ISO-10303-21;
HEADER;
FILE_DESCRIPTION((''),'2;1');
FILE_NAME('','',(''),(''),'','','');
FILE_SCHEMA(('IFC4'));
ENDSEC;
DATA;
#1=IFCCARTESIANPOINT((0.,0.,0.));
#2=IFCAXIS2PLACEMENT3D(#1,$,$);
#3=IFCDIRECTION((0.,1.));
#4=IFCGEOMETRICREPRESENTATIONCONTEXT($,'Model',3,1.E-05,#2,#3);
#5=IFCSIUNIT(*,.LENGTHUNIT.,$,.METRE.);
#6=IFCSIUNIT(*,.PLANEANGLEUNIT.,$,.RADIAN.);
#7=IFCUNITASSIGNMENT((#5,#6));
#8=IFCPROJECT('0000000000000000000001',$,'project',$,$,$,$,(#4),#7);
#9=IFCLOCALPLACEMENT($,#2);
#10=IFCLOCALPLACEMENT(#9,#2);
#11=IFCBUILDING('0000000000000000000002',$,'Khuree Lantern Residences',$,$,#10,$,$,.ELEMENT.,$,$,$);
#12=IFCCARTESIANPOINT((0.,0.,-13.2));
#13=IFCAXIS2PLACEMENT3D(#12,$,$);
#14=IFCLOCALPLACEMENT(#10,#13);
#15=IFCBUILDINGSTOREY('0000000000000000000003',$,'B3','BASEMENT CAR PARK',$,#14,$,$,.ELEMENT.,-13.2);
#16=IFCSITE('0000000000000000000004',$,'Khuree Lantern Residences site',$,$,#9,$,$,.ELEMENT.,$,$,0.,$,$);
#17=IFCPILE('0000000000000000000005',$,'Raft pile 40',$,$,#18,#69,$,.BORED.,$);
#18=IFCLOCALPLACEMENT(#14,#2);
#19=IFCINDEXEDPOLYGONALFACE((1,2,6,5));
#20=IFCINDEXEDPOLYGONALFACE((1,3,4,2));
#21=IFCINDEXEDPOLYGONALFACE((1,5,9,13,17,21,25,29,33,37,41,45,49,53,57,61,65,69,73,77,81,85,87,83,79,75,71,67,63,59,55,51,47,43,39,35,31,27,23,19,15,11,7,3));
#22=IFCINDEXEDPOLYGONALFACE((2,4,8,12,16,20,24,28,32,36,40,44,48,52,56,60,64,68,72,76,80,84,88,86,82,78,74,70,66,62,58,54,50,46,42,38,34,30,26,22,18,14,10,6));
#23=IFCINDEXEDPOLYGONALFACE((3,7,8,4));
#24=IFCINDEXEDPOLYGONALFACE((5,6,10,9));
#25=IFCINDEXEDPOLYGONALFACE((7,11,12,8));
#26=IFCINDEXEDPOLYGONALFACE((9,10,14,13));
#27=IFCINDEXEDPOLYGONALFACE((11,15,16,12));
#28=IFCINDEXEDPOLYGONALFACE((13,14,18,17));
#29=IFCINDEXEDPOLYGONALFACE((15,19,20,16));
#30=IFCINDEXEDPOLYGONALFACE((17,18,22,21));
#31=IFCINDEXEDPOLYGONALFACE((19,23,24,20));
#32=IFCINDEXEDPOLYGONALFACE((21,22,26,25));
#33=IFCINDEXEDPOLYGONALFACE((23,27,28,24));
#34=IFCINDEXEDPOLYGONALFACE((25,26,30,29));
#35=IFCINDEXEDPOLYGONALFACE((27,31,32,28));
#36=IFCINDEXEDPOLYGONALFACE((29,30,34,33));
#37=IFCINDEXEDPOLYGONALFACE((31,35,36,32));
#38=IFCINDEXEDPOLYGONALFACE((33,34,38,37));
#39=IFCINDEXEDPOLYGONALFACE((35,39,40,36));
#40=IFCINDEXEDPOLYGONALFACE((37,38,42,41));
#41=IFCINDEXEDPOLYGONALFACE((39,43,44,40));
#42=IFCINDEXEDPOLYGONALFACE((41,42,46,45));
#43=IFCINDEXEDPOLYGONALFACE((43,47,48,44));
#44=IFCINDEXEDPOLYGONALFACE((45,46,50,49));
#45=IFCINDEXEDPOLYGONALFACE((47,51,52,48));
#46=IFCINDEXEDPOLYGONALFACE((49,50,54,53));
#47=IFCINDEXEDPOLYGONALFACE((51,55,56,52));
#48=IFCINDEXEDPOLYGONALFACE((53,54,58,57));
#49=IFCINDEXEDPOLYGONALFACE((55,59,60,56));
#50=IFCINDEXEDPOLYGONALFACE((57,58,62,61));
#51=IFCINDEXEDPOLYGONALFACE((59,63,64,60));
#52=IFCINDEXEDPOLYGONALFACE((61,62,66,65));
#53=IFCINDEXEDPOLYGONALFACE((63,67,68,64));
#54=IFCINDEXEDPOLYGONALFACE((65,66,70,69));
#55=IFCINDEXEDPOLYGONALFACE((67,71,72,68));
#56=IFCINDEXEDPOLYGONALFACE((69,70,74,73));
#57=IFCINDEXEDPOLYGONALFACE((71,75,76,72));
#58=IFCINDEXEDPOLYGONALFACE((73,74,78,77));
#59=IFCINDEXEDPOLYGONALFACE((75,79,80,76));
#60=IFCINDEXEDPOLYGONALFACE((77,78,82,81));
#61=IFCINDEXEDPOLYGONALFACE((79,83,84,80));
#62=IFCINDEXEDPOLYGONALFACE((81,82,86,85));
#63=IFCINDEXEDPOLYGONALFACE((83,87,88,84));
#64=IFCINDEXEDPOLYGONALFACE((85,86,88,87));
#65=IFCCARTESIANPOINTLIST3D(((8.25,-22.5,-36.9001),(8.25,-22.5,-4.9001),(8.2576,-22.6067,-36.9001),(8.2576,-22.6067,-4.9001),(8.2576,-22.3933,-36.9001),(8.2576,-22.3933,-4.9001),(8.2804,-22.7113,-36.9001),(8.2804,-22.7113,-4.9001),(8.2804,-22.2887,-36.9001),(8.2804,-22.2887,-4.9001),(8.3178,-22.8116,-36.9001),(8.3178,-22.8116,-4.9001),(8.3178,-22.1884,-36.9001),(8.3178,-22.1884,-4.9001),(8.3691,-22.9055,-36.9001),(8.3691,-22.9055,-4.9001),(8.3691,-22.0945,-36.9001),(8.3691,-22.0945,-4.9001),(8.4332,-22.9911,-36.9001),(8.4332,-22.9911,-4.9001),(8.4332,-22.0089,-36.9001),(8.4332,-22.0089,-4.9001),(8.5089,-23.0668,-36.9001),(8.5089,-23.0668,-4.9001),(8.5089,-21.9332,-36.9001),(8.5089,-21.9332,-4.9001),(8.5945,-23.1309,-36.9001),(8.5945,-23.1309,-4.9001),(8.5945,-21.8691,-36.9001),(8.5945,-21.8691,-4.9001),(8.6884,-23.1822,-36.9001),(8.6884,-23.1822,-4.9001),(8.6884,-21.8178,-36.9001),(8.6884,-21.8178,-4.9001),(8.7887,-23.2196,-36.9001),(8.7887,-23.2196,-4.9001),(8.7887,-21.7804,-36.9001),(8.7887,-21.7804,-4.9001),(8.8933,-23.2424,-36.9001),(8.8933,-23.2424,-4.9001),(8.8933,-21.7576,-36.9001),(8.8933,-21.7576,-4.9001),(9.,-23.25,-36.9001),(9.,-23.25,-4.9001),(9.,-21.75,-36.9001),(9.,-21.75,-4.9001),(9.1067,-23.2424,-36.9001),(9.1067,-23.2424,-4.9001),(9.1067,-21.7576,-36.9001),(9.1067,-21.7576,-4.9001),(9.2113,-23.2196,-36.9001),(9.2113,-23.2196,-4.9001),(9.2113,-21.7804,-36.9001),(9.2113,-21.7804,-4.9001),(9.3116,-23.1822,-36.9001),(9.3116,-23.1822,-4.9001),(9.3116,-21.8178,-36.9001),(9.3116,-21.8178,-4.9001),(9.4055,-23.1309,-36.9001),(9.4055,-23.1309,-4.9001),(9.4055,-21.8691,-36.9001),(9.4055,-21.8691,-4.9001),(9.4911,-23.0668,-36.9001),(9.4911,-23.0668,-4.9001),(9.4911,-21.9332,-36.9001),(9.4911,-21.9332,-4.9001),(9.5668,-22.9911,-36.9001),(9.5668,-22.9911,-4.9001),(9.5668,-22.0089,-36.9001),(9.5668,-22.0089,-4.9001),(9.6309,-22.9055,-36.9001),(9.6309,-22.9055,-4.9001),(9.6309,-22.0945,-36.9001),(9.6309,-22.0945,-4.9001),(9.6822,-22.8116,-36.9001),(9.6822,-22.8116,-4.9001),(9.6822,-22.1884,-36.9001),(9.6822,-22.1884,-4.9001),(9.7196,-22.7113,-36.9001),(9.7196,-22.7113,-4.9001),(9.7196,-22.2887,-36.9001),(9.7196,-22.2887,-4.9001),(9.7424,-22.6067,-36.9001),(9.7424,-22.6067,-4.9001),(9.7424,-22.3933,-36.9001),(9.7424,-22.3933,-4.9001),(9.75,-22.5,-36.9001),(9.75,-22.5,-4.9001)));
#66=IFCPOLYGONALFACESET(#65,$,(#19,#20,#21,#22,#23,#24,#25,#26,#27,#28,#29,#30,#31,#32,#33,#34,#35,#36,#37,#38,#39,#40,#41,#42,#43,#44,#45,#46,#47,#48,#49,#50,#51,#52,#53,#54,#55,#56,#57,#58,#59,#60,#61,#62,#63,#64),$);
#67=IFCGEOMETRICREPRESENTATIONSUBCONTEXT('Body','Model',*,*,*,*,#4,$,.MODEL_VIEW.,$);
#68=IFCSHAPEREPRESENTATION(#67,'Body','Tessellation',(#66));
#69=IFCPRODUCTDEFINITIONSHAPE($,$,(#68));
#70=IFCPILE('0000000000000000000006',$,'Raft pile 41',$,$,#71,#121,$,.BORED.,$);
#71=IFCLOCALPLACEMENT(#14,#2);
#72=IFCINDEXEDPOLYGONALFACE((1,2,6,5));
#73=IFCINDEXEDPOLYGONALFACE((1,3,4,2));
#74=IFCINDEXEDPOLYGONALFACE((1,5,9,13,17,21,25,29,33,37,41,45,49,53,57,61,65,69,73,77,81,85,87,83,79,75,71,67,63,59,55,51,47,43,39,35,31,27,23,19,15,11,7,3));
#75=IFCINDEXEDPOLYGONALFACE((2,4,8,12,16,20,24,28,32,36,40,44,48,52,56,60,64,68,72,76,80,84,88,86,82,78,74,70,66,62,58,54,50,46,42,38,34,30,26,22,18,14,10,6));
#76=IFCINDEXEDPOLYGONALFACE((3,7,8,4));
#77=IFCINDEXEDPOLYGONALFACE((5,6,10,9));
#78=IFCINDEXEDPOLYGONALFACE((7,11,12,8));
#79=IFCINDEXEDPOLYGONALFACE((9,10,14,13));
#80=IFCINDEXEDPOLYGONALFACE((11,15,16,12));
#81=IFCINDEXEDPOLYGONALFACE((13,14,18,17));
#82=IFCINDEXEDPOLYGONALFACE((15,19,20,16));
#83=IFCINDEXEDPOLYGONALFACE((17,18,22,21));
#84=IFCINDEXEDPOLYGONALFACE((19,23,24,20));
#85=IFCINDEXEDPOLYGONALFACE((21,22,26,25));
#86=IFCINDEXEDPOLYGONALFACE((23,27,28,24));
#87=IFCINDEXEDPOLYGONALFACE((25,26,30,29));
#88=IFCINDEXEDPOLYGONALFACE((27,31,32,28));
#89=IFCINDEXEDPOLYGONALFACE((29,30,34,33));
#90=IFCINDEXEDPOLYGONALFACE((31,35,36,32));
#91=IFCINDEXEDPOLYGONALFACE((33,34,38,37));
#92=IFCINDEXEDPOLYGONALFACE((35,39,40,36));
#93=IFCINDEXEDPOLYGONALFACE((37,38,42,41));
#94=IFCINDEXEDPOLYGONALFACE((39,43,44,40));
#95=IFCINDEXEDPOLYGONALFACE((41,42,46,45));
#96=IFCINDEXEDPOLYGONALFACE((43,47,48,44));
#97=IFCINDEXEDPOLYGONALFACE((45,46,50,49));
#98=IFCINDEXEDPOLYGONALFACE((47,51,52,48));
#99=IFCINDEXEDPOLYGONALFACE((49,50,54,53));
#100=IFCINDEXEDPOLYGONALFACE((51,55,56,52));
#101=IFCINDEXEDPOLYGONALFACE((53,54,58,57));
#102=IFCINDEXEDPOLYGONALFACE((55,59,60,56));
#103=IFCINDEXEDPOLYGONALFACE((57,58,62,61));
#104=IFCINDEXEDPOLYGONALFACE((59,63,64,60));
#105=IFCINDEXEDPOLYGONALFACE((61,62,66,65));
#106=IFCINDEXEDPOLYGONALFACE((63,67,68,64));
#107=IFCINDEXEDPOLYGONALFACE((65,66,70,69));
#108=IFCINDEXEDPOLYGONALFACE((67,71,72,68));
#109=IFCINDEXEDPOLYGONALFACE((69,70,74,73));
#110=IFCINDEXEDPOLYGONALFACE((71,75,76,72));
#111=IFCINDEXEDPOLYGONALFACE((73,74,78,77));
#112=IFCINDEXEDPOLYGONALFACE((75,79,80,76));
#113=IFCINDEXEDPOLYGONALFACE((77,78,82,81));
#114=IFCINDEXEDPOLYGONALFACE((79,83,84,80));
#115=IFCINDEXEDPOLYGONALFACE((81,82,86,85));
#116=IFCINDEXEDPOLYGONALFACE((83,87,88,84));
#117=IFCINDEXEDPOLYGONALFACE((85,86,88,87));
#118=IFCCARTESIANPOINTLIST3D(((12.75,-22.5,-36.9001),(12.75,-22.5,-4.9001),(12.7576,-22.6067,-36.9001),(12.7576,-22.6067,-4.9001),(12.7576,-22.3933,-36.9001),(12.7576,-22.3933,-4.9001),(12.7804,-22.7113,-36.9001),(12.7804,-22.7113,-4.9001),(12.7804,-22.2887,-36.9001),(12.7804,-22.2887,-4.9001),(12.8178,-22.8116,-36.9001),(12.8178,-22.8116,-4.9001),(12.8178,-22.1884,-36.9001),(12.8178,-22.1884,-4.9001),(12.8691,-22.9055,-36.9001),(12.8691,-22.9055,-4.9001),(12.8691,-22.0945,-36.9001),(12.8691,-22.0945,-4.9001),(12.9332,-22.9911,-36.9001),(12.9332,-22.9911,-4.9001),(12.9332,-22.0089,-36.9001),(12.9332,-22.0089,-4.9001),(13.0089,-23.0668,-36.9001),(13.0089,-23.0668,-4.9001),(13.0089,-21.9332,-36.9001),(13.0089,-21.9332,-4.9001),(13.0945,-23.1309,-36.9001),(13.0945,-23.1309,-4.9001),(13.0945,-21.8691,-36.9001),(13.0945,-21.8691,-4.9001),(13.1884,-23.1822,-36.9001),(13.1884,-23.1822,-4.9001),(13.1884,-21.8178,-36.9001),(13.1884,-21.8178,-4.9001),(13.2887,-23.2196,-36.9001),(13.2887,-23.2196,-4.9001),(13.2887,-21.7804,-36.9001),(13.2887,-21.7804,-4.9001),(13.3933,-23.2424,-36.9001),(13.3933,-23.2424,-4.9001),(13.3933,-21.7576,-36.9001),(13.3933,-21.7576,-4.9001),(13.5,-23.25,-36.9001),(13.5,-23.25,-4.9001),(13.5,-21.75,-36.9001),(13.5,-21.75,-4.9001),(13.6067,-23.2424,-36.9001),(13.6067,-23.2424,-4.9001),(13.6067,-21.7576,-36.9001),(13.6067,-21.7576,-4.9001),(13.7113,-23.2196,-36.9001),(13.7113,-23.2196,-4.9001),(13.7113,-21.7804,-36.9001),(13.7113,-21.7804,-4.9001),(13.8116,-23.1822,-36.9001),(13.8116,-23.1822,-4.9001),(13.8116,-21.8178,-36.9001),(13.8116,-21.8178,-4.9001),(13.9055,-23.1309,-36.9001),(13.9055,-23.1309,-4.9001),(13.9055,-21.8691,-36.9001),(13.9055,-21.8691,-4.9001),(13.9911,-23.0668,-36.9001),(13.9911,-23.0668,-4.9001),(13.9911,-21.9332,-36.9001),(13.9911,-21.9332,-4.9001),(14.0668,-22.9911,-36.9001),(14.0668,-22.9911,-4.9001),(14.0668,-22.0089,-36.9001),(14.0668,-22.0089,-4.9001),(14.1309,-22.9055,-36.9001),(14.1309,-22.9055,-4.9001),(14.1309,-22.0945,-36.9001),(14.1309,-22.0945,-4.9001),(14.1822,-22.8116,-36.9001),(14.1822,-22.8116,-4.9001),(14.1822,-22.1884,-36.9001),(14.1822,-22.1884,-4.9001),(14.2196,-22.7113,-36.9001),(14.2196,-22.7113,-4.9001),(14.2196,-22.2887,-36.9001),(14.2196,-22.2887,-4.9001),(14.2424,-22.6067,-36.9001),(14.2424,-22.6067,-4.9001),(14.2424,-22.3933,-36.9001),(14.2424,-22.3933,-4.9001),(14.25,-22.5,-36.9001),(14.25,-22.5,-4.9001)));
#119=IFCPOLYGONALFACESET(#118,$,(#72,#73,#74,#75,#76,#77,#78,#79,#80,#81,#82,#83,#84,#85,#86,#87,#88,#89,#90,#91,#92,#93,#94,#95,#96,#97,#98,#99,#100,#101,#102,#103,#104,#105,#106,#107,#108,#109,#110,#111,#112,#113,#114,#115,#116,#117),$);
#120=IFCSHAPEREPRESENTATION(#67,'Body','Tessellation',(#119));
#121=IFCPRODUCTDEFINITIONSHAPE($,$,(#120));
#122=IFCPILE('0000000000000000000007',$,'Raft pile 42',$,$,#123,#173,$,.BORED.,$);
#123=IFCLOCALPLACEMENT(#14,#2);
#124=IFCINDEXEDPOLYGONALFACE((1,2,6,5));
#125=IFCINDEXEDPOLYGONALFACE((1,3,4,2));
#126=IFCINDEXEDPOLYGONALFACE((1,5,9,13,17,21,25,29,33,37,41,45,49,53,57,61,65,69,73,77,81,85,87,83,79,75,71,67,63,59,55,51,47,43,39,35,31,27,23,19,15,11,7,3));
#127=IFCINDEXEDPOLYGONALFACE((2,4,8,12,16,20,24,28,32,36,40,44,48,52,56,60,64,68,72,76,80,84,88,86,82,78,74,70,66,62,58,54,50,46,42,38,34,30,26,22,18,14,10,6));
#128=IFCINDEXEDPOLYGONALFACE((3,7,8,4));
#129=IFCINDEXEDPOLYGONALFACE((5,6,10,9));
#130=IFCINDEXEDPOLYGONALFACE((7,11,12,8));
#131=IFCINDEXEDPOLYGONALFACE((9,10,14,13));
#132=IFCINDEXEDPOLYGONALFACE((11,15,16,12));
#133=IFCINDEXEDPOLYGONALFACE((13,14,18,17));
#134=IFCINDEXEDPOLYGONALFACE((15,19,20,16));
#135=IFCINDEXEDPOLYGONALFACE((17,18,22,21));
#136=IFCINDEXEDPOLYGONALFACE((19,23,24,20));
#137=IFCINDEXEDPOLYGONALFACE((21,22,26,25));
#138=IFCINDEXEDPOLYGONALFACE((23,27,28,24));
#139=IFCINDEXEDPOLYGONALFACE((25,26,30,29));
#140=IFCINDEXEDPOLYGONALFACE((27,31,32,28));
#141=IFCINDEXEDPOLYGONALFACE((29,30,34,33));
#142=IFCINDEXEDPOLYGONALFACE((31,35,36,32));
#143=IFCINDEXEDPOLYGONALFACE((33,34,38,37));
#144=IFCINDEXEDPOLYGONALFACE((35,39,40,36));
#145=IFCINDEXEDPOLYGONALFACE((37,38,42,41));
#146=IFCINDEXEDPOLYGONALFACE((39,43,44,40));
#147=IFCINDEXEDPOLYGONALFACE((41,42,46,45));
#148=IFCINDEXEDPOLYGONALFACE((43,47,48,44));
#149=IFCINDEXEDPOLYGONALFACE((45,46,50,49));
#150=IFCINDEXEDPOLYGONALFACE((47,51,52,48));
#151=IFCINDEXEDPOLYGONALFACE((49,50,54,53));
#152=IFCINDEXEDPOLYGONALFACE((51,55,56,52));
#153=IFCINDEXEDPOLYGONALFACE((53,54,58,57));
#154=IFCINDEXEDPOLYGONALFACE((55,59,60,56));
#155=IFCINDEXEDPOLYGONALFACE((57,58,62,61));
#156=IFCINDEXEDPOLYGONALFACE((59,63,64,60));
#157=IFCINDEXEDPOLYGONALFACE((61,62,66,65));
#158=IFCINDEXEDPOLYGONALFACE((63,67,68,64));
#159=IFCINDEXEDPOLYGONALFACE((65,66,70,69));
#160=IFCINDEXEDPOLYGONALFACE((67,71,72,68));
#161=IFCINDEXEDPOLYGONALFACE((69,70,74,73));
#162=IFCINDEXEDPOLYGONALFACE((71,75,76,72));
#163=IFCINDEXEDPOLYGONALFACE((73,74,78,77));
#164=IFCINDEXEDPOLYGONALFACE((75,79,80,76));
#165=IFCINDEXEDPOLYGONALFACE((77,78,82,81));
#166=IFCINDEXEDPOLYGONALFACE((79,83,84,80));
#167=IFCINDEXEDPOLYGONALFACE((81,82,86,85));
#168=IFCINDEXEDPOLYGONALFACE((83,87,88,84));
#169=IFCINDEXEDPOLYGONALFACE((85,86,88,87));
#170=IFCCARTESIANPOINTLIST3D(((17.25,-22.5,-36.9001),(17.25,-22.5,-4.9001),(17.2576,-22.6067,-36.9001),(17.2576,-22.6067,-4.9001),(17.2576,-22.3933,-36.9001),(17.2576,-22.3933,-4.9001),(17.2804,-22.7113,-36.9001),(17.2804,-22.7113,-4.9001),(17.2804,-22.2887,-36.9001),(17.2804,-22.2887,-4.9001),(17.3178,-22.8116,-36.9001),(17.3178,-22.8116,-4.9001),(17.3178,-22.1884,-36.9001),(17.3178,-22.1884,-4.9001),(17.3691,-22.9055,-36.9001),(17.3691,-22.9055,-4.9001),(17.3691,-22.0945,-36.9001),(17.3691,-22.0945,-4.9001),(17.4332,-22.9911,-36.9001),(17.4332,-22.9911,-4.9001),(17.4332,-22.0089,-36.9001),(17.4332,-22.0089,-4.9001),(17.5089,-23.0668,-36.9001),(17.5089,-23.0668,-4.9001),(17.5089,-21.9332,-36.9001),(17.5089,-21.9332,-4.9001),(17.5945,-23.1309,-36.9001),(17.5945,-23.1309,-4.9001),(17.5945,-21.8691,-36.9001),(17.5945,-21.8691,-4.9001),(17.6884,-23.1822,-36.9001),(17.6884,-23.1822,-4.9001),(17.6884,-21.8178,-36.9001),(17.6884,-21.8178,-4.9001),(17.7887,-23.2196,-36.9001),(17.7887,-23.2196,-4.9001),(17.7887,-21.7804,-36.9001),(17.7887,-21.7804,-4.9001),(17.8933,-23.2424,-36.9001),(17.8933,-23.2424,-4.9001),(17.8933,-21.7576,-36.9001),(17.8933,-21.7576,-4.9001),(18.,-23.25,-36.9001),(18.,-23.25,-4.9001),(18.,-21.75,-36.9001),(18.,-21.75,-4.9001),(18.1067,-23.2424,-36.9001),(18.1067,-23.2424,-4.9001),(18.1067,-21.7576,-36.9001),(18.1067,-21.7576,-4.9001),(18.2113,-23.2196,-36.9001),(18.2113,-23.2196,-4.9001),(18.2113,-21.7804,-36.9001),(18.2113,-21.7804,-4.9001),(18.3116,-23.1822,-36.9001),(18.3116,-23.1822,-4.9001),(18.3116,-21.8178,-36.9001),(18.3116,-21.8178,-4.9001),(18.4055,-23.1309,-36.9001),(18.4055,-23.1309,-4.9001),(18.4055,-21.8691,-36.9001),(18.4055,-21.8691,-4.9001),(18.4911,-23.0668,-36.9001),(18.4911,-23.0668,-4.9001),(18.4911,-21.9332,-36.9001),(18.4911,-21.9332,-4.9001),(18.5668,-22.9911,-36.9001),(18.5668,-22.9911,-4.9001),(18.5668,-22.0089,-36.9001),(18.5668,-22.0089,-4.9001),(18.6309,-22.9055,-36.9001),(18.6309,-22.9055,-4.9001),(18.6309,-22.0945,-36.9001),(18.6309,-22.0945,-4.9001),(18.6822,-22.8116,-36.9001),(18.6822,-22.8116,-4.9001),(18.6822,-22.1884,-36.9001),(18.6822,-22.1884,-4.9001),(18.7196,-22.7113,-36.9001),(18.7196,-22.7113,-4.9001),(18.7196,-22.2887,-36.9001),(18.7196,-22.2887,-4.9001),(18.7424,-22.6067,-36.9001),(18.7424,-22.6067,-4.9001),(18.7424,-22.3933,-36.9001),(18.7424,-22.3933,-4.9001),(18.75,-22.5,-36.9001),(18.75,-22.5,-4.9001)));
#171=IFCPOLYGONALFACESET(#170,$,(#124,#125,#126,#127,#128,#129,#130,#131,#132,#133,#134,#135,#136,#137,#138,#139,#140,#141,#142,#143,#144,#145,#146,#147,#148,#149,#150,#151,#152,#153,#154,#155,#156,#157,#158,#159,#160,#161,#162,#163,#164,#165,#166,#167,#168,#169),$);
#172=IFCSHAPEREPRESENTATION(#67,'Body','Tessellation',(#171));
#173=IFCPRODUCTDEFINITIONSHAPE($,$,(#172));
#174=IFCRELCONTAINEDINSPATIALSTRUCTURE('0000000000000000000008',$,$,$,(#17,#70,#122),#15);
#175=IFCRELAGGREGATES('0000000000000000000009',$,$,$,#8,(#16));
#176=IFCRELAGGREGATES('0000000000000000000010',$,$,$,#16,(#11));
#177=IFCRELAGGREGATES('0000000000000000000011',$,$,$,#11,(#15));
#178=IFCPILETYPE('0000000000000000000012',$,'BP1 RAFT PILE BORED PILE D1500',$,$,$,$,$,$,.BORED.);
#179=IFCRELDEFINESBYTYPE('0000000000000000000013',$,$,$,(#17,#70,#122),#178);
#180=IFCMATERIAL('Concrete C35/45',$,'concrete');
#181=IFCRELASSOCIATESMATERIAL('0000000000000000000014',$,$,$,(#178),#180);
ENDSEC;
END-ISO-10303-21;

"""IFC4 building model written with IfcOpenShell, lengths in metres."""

from ifc_helpers import new_model, si_unit, direction, frame, origin, origin_2d, place, context, subcontext, project, spatial, circle, extrude, material, material_profile, profile_set, type_object, element, save


model = new_model("IFC4")

# Units and contexts
model_context = context("Model", 3, precision=1e-05, world=origin(), true_north=direction((0.0, 1.0)))
body_context = subcontext(model_context, "Body", "Model", "MODEL_VIEW")
ifc_project = project(units=[si_unit("LENGTHUNIT", "METRE"), si_unit("PLANEANGLEUNIT", "RADIAN")], contexts=[model_context])

# Site, building, storey
site_placement = place(None, origin())
site = spatial("IfcSite", under=ifc_project, at=site_placement, Name="Khuree Lantern Residences site", CompositionType="ELEMENT", RefElevation=0.0)
building_placement = place(site_placement, origin())
building = spatial("IfcBuilding", under=site, at=building_placement, Name="Khuree Lantern Residences", CompositionType="ELEMENT")
storey_placement = place(building_placement, frame((0.0, 0.0, -13.2)))
storey = spatial("IfcBuildingStorey", under=building, at=storey_placement, Name="B3", Description="BASEMENT CAR PARK", CompositionType="ELEMENT", Elevation=-13.2)

# Piles
ifc_material_1 = material(Name="Concrete C35/45", Category="concrete")
ifc_material_profile_1 = material_profile(ifc_material_1, circle(Radius=0.75, at=origin_2d()), Name="BORED PILE D1500")
ifc_profile_set_1 = profile_set([ifc_material_profile_1], Name="Concrete C35/45")
pile_type = type_object("IfcPileType", Name="BP1 RAFT PILE BORED PILE D1500", PredefinedType="BORED", material=ifc_profile_set_1)
for number, where, z_axis, x_axis, name in (
    (1, (9.0, -22.5, -4.9001), (0.0, 0.0, -1.0), (1.0, 0.0, 0.0), "Raft pile 40"),
    (2, (13.5, -22.5, -4.9001), (0.0, 0.0, -1.0), (1.0, 0.0, 0.0), "Raft pile 41"),
    (3, (18.0, -22.5, -4.9001), (0.0, 0.0, -1.0), (1.0, 0.0, 0.0), "Raft pile 42"),
):
    element("IfcPile", number, at=place(storey_placement, frame(where, z_axis=z_axis, x_axis=x_axis)), inside=storey, type_object=pile_type, Name=name, PredefinedType="BORED", context=body_context, shape_type="SweptSolid", body=[
        extrude(circle(Radius=0.75, at=origin_2d()), origin(), (0.0, 0.0, 1.0), 32.0),
    ])

save(model, "model.ifc")
